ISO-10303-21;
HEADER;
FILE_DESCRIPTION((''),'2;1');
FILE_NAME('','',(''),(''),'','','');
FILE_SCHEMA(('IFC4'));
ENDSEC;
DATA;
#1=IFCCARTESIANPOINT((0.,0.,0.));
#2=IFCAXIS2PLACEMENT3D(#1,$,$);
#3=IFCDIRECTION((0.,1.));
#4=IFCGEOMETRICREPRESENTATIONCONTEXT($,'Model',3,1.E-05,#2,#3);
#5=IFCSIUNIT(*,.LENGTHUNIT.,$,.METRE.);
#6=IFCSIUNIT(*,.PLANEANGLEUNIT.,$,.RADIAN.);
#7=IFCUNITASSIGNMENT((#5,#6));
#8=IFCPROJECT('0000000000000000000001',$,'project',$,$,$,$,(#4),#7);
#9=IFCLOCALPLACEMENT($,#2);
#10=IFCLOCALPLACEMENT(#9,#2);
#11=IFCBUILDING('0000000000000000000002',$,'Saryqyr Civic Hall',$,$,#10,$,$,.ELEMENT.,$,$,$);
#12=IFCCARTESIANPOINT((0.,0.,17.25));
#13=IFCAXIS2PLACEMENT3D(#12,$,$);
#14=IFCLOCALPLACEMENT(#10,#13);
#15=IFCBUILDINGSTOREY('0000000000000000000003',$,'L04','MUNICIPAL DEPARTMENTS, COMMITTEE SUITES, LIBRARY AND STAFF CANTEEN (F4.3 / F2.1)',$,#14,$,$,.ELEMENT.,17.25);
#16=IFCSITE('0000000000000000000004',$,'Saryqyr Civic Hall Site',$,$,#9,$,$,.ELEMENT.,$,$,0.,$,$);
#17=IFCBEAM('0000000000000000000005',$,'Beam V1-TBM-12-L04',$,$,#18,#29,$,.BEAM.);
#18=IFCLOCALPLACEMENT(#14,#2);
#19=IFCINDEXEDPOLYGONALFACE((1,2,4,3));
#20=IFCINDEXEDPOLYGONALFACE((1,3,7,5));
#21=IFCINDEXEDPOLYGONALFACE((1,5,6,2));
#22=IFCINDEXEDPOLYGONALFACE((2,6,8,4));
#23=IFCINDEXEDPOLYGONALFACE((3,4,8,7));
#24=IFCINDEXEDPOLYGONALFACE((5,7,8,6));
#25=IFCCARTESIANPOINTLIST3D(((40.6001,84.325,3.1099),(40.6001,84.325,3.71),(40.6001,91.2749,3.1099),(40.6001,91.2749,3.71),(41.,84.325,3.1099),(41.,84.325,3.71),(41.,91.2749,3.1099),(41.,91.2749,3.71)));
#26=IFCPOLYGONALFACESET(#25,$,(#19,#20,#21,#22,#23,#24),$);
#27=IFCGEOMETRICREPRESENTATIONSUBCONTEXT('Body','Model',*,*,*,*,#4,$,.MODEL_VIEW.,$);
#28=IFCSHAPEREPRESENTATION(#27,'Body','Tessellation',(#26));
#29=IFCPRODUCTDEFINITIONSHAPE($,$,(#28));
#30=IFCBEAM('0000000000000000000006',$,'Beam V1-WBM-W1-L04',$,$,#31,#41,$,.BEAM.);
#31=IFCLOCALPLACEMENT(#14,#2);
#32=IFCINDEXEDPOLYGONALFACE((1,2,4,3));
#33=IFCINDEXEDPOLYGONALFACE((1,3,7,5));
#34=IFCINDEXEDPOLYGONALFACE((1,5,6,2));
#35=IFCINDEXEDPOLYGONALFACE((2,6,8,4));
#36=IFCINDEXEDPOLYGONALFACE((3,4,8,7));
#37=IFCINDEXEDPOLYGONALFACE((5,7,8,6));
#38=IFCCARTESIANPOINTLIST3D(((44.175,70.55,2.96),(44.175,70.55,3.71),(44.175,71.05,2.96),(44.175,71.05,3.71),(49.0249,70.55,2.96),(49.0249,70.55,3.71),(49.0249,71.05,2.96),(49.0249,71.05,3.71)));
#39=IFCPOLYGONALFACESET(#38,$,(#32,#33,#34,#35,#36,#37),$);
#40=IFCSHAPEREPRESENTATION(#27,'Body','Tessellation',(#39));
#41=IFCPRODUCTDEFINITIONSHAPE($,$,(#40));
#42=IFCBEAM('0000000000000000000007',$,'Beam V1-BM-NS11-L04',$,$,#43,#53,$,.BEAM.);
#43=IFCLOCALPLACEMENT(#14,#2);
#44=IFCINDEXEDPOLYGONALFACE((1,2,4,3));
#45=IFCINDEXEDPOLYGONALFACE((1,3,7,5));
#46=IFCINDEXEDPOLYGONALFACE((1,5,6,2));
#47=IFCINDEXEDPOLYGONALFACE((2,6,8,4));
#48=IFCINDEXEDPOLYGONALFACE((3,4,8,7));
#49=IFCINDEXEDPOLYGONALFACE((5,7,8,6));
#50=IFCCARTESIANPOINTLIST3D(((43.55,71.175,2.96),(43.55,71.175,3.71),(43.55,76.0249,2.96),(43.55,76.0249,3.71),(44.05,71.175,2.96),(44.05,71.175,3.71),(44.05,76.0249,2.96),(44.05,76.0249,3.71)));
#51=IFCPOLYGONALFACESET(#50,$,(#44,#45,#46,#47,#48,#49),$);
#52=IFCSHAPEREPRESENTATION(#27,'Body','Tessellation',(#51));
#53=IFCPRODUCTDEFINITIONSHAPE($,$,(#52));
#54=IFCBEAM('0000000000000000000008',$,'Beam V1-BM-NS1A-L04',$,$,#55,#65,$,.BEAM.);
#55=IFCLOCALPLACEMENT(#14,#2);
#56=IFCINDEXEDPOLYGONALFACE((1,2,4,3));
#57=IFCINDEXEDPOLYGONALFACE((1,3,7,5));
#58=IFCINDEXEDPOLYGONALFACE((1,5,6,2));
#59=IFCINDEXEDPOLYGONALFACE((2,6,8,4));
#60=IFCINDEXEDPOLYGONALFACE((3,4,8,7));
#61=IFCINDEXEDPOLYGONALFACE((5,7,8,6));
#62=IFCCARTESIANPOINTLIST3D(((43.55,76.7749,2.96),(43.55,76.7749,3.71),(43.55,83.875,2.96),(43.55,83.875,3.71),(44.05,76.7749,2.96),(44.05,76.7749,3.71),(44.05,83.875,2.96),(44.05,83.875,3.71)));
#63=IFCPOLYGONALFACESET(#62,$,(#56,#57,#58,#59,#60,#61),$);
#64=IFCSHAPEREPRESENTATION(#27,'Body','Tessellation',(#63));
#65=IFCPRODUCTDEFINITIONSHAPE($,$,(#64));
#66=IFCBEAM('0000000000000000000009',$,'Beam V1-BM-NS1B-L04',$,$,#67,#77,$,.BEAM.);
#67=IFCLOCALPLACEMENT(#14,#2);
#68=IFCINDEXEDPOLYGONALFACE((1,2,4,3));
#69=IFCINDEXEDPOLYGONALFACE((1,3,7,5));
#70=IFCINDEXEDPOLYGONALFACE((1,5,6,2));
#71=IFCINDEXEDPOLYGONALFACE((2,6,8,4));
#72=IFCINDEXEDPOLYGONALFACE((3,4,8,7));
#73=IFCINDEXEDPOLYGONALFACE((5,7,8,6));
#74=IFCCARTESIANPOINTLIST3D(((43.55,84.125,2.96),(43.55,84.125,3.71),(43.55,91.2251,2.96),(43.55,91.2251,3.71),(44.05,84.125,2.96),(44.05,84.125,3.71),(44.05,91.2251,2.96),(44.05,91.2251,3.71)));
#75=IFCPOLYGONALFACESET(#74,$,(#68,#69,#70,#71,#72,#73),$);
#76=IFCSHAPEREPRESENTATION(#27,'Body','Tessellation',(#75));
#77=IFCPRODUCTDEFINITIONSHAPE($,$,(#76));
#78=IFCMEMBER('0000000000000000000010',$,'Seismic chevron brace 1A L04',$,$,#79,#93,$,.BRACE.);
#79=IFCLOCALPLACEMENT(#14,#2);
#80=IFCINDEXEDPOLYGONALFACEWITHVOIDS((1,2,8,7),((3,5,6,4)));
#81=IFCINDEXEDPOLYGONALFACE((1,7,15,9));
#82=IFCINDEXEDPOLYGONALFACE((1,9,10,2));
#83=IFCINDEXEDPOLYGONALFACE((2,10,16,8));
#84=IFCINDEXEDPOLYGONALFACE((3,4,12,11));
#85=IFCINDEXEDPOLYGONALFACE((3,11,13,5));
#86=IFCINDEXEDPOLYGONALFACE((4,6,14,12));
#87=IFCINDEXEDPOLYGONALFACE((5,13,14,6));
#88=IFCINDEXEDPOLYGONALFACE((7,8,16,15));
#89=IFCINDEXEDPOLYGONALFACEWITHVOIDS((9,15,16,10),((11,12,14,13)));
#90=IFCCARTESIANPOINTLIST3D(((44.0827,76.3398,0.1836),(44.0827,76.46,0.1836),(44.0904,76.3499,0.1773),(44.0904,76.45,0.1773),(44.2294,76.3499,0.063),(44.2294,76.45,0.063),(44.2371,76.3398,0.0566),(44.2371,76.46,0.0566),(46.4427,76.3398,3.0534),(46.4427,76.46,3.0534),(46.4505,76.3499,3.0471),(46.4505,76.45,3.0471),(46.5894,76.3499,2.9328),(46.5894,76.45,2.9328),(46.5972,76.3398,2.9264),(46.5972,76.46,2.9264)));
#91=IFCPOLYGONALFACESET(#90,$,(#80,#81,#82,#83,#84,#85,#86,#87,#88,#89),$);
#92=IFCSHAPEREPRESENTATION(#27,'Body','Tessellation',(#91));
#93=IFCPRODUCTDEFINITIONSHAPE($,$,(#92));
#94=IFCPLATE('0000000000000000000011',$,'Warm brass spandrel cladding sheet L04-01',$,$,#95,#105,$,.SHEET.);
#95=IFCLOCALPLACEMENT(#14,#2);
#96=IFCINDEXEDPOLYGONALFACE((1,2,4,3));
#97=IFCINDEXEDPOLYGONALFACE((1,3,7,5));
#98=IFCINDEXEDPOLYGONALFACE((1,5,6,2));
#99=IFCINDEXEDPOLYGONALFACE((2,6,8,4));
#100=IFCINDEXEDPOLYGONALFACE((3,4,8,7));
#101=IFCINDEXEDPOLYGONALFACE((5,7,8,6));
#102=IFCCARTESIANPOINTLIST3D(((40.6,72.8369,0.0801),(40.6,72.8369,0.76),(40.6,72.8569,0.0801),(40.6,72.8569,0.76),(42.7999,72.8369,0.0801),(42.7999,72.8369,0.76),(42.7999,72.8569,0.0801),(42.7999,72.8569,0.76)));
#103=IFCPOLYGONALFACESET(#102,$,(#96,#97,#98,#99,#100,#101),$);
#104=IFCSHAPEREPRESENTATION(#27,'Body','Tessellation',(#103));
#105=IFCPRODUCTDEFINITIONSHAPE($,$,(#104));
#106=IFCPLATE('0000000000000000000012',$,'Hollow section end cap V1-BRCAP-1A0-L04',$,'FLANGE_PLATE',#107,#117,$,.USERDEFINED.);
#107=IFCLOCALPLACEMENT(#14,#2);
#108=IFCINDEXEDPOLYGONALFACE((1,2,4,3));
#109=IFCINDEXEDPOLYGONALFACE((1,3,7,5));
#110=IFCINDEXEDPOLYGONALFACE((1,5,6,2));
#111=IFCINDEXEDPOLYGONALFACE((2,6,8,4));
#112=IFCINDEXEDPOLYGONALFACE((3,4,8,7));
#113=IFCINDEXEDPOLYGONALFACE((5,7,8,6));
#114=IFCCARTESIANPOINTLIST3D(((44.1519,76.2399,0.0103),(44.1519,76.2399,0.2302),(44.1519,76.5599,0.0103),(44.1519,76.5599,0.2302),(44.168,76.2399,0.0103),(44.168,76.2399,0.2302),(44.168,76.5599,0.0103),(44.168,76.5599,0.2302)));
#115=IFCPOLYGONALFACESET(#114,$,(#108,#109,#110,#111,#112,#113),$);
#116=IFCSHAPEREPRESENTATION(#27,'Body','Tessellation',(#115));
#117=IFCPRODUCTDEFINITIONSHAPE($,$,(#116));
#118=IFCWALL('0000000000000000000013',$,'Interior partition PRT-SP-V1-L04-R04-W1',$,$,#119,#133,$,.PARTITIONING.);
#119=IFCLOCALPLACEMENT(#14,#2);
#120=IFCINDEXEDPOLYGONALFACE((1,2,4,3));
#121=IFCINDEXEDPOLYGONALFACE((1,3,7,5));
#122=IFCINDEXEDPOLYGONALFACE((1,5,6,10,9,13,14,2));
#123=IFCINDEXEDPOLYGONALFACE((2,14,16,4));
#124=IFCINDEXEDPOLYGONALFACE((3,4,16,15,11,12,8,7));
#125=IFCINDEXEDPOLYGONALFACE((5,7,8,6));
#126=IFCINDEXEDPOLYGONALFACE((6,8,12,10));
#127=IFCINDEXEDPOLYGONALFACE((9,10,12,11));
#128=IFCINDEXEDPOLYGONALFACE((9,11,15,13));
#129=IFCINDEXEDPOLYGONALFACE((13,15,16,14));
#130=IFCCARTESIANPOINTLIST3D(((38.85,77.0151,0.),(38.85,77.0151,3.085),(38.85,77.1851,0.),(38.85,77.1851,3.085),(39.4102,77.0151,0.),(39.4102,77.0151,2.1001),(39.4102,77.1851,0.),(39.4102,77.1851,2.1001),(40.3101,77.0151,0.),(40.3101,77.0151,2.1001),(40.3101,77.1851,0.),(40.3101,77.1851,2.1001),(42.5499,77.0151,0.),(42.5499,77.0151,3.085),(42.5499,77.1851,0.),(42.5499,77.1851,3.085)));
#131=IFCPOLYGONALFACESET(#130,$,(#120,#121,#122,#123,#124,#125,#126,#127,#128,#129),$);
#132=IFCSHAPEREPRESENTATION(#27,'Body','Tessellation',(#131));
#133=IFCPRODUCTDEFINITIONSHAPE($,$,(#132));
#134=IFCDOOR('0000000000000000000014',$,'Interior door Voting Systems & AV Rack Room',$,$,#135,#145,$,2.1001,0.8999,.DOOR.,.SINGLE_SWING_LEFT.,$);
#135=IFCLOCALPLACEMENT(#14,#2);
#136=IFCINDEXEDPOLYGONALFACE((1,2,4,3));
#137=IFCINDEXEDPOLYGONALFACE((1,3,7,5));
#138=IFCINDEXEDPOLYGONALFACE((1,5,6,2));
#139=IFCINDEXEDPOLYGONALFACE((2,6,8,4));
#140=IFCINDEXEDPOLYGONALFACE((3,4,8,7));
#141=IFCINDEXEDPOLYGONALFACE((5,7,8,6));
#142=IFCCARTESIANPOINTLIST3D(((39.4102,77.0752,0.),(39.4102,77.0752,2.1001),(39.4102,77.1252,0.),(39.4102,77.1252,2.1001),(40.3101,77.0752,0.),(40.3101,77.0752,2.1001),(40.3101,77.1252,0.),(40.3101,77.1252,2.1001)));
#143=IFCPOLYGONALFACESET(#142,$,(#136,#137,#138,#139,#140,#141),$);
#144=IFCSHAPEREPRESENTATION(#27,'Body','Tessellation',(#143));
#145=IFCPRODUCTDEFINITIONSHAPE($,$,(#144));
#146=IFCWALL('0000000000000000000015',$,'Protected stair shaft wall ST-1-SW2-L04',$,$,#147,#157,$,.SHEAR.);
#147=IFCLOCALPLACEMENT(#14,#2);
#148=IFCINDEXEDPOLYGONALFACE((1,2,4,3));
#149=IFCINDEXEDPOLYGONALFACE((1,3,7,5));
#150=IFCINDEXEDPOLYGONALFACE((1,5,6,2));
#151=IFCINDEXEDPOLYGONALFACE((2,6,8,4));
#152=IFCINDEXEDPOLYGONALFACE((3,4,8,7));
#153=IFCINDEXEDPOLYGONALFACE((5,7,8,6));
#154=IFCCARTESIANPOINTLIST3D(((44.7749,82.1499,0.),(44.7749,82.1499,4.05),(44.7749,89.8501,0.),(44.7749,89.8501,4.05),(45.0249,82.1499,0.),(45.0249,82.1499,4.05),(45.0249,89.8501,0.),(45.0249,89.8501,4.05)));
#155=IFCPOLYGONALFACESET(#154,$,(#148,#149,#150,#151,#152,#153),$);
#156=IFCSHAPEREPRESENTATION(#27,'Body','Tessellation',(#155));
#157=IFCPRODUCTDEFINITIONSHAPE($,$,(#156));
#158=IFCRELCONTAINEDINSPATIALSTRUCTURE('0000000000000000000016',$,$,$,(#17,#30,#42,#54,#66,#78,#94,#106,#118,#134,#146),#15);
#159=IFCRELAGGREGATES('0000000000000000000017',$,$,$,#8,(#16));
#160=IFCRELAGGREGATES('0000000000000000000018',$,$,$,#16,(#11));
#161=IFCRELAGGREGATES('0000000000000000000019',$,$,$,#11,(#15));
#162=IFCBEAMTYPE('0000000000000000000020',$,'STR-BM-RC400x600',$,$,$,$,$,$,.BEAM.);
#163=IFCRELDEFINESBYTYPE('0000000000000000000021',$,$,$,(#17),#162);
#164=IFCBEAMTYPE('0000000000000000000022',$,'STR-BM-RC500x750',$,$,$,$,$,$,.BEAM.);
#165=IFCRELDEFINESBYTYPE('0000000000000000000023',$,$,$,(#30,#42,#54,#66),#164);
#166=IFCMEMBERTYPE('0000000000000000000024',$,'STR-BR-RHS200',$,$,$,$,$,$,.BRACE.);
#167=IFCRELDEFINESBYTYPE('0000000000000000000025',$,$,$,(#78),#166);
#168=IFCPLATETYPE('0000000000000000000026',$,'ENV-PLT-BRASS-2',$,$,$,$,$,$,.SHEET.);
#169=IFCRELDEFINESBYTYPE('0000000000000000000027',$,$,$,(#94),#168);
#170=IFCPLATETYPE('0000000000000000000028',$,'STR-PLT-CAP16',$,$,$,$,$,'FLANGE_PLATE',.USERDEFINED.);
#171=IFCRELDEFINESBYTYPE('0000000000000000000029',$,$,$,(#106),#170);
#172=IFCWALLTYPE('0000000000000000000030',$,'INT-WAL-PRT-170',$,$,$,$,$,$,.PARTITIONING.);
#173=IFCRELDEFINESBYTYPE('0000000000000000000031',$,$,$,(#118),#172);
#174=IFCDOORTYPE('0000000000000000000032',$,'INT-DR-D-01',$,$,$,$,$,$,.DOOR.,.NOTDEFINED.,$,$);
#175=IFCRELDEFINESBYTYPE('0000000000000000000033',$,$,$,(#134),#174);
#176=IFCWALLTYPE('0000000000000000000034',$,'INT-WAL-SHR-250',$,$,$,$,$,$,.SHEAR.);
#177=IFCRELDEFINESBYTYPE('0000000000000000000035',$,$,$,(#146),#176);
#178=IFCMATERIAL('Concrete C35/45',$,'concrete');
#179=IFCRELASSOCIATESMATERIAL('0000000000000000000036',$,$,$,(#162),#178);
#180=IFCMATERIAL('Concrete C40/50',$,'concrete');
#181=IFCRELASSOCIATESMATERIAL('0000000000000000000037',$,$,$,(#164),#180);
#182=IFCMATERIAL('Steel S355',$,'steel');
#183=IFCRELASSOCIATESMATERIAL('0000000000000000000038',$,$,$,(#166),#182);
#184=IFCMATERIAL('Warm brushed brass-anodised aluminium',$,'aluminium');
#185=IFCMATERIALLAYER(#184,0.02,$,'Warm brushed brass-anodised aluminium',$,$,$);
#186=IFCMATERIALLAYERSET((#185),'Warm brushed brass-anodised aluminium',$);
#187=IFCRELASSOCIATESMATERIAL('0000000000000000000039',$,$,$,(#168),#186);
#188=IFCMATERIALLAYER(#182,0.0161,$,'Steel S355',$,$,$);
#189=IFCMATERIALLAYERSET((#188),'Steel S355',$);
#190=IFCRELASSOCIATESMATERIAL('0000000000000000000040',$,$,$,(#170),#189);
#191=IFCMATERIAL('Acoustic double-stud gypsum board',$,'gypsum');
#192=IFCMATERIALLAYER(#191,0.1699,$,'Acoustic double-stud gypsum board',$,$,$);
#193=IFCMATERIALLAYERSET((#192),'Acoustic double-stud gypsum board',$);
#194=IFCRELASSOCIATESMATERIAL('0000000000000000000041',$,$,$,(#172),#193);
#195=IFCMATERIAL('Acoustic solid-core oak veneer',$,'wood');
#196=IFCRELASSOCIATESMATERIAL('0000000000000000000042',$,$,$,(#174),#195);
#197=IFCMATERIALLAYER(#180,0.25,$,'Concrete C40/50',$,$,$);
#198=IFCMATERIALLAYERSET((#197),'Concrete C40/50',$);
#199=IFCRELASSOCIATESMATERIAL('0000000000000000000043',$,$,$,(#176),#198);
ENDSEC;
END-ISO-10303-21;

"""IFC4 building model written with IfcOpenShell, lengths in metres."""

from ifc_helpers import new_model, si_unit, direction, frame, frame_2d, origin, origin_2d, place, context, subcontext, project, spatial, rectangle, hollow_rectangle, extrude, material, layer, layer_set, material_profile, profile_set, type_object, element, fill, save


model = new_model("IFC4")

# Units and contexts
model_context = context("Model", 3, precision=1e-05, world=origin(), true_north=direction((0.0, 1.0)))
body_context = subcontext(model_context, "Body", "Model", "MODEL_VIEW")
ifc_project = project(units=[si_unit("LENGTHUNIT", "METRE"), si_unit("PLANEANGLEUNIT", "RADIAN")], contexts=[model_context])

# Site, building, storey
site_placement = place(None, origin())
site = spatial("IfcSite", under=ifc_project, at=site_placement, Name="Saryqyr Civic Hall Site", CompositionType="ELEMENT", RefElevation=0.0)
building_placement = place(site_placement, origin())
building = spatial("IfcBuilding", under=site, at=building_placement, Name="Saryqyr Civic Hall", CompositionType="ELEMENT")
storey_placement = place(building_placement, frame((0.0, 0.0, 17.25)))
storey = spatial("IfcBuildingStorey", under=building, at=storey_placement, Name="L04", Description="MUNICIPAL DEPARTMENTS, COMMITTEE SUITES, LIBRARY AND STAFF CANTEEN (F4.3 / F2.1)", CompositionType="ELEMENT", Elevation=17.25)

# Shared definitions
ifc_material_1 = material(Name="Steel S355", Category="steel")
ifc_material_2 = material(Name="Concrete C40/50", Category="concrete")

# Beams
ifc_material_3 = material(Name="Concrete C35/45", Category="concrete")
ifc_material_profile_1 = material_profile(ifc_material_3, rectangle(XDim=0.3999, YDim=0.6001, at=origin_2d()), Name="RC 400x600")
ifc_profile_set_1 = profile_set([ifc_material_profile_1], Name="Concrete C35/45")
beam_type_1 = type_object("IfcBeamType", Name="STR-BM-RC400x600", PredefinedType="BEAM", material=ifc_profile_set_1)
for number, where, z_axis, x_axis, name in (
    (1, (40.8, 84.325, 3.4099), (0.0, 1.0, 0.0), (-1.0, 0.0, 0.0), "Beam V1-TBM-12-L04"),
):
    element("IfcBeam", number, at=place(storey_placement, frame(where, z_axis=z_axis, x_axis=x_axis)), inside=storey, type_object=beam_type_1, Name=name, PredefinedType="BEAM", context=body_context, shape_type="SweptSolid", body=[
        extrude(rectangle(XDim=0.3999, YDim=0.6001, at=origin_2d()), origin(), (0.0, 0.0, 1.0), 6.95),
    ])
ifc_material_profile_2 = material_profile(ifc_material_2, rectangle(XDim=0.5, YDim=0.75, at=origin_2d()), Name="RC 500x750")
ifc_profile_set_2 = profile_set([ifc_material_profile_2], Name="Concrete C40/50")
beam_type_2 = type_object("IfcBeamType", Name="STR-BM-RC500x750", PredefinedType="BEAM", material=ifc_profile_set_2)
for number, where, z_axis, x_axis, name in (
    (2, (44.175, 70.8, 3.335), (1.0, 0.0, 0.0), (0.0, 1.0, 0.0), "Beam V1-WBM-W1-L04"),
    (3, (43.8, 71.175, 3.335), (0.0, 1.0, 0.0), (-1.0, 0.0, 0.0), "Beam V1-BM-NS11-L04"),
):
    element("IfcBeam", number, at=place(storey_placement, frame(where, z_axis=z_axis, x_axis=x_axis)), inside=storey, type_object=beam_type_2, Name=name, PredefinedType="BEAM", context=body_context, shape_type="SweptSolid", body=[
        extrude(rectangle(XDim=0.5, YDim=0.75, at=origin_2d()), origin(), (0.0, 0.0, 1.0), 4.8499),
    ])
for number, where, z_axis, x_axis, name in (
    (4, (43.8, 76.7749, 3.335), (0.0, 1.0, 0.0), (-1.0, 0.0, 0.0), "Beam V1-BM-NS1A-L04"),
    (5, (43.8, 84.125, 3.335), (0.0, 1.0, 0.0), (-1.0, 0.0, 0.0), "Beam V1-BM-NS1B-L04"),
):
    element("IfcBeam", number, at=place(storey_placement, frame(where, z_axis=z_axis, x_axis=x_axis)), inside=storey, type_object=beam_type_2, Name=name, PredefinedType="BEAM", context=body_context, shape_type="SweptSolid", body=[
        extrude(rectangle(XDim=0.5, YDim=0.75, at=origin_2d()), origin(), (0.0, 0.0, 1.0), 7.1001),
    ])

# Member
ifc_material_profile_3 = material_profile(ifc_material_1, hollow_rectangle(XDim=0.1201, YDim=0.2, WallThickness=0.01, at=origin_2d()), Name="RHS 200x120x10")
ifc_profile_set_3 = profile_set([ifc_material_profile_3], Name="Steel S355")
member_type_1 = type_object("IfcMemberType", Name="STR-BR-RHS200", PredefinedType="BRACE", material=ifc_profile_set_3)
member_1_placement = place(storey_placement, frame((44.1599, 76.3999, 0.1201), z_axis=(0.635175, 0.0, 0.772368), x_axis=(0.0, 1.0, 0.0)))
element("IfcMember", 6, at=member_1_placement, inside=storey, type_object=member_type_1, Name="Seismic chevron brace 1A L04", PredefinedType="BRACE", context=body_context, shape_type="SweptSolid", body=[
    extrude(hollow_rectangle(XDim=0.1201, YDim=0.2, WallThickness=0.01, at=origin_2d()), origin(), (0.0, 0.0, 1.0), 3.7156),
])

# Plates
ifc_material_4 = material(Name="Warm brushed brass-anodised aluminium", Category="aluminium")
ifc_layer_1 = layer(ifc_material_4, 0.02, Name="Warm brushed brass-anodised aluminium")
ifc_layer_set_1 = layer_set([ifc_layer_1], Name="Warm brushed brass-anodised aluminium")
plate_type_1 = type_object("IfcPlateType", Name="ENV-PLT-BRASS-2", PredefinedType="SHEET", material=ifc_layer_set_1)
plate_1_placement = place(storey_placement, frame((41.7, 72.8469, 0.0801), z_axis=(0.0, 0.0, 1.0), x_axis=(-1.0, 0.0, 0.0)))
element("IfcPlate", 7, at=plate_1_placement, inside=storey, type_object=plate_type_1, Name="Warm brass spandrel cladding sheet L04-01", PredefinedType="SHEET", context=body_context, shape_type="SweptSolid", body=[
    extrude(rectangle(XDim=2.2, YDim=0.02, at=origin_2d()), origin(), (0.0, 0.0, 1.0), 0.6799),
])
ifc_layer_2 = layer(ifc_material_1, 0.0161, Name="Steel S355")
ifc_layer_set_2 = layer_set([ifc_layer_2], Name="Steel S355")
plate_type_2 = type_object("IfcPlateType", Name="STR-PLT-CAP16", ElementType="FLANGE_PLATE", PredefinedType="USERDEFINED", material=ifc_layer_set_2)
plate_2_placement = place(storey_placement, frame((44.1599, 76.3999, 0.0103), z_axis=(0.0, 0.0, 1.0), x_axis=(1.0, 0.0, 0.0)))
element("IfcPlate", 8, at=plate_2_placement, inside=storey, type_object=plate_type_2, Name="Hollow section end cap V1-BRCAP-1A0-L04", ObjectType="FLANGE_PLATE", PredefinedType="USERDEFINED", context=body_context, shape_type="SweptSolid", body=[
    extrude(rectangle(XDim=0.0161, YDim=0.3201, at=origin_2d()), origin(), (0.0, 0.0, 1.0), 0.22),
])

# Wall, opening, door
ifc_material_5 = material(Name="Acoustic double-stud gypsum board", Category="gypsum")
ifc_layer_3 = layer(ifc_material_5, 0.1699, Name="Acoustic double-stud gypsum board")
ifc_layer_set_3 = layer_set([ifc_layer_3], Name="Acoustic double-stud gypsum board")
wall_type_1 = type_object("IfcWallType", Name="INT-WAL-PRT-170", PredefinedType="PARTITIONING", material=ifc_layer_set_3)
wall_1_placement = place(storey_placement, frame((42.55, 77.1001, 0.0), z_axis=(0.0, 0.0, 1.0), x_axis=(-1.0, 0.0, 0.0)))
wall_1 = element("IfcWall", 9, at=wall_1_placement, inside=storey, type_object=wall_type_1, Name="Interior partition PRT-SP-V1-L04-R04-W1", PredefinedType="PARTITIONING", context=body_context, shape_type="SweptSolid", body=[
    extrude(rectangle(XDim=3.7, YDim=0.1699, at=frame_2d((1.8501, 0.0))), origin(), (0.0, 0.0, 1.0), 3.085),
])
opening_placement = place(wall_1_placement, frame((2.24, 0.0, 0.0)))
opening = element("IfcOpeningElement", 10, at=opening_placement, cuts=wall_1, PredefinedType="OPENING", context=body_context, shape_type="SweptSolid", body=[
    extrude(rectangle(XDim=0.8999, YDim=2.1001, at=frame_2d((0.45, 1.05))), frame((0.0, 0.095, 0.0), z_axis=(0.0, -1.0, 0.0), x_axis=(1.0, 0.0, 0.0)), (0.0, 0.0, 1.0), 0.1899),
])
ifc_material_6 = material(Name="Acoustic solid-core oak veneer", Category="wood")
door_type = type_object("IfcDoorType", Name="INT-DR-D-01", OperationType="NOTDEFINED", PredefinedType="DOOR", material=ifc_material_6)
door_placement = place(opening_placement, origin())
door = element("IfcDoor", 11, at=door_placement, inside=storey, type_object=door_type, Name="Interior door Voting Systems & AV Rack Room", OperationType="SINGLE_SWING_LEFT", OverallHeight=2.1001, OverallWidth=0.8999, PredefinedType="DOOR", context=body_context, shape_type="SweptSolid", body=[
    extrude(rectangle(XDim=0.8999, YDim=2.1001, at=frame_2d((0.45, 1.05))), frame((0.0, 0.0249, 0.0), z_axis=(0.0, -1.0, 0.0), x_axis=(1.0, 0.0, 0.0)), (0.0, 0.0, 1.0), 0.05),
])
fill(opening, door)

# Wall
ifc_layer_4 = layer(ifc_material_2, 0.25, Name="Concrete C40/50")
ifc_layer_set_4 = layer_set([ifc_layer_4], Name="Concrete C40/50")
wall_type_2 = type_object("IfcWallType", Name="INT-WAL-SHR-250", PredefinedType="SHEAR", material=ifc_layer_set_4)
wall_2_placement = place(storey_placement, frame((44.8999, 82.1499, 0.0), z_axis=(0.0, 0.0, 1.0), x_axis=(0.0, 1.0, 0.0)))
element("IfcWall", 12, at=wall_2_placement, inside=storey, type_object=wall_type_2, Name="Protected stair shaft wall ST-1-SW2-L04", PredefinedType="SHEAR", context=body_context, shape_type="SweptSolid", body=[
    extrude(rectangle(XDim=7.7002, YDim=0.25, at=frame_2d((3.8501, 0.0))), origin(), (0.0, 0.0, 1.0), 4.05),
])

save(model, "model.ifc")
